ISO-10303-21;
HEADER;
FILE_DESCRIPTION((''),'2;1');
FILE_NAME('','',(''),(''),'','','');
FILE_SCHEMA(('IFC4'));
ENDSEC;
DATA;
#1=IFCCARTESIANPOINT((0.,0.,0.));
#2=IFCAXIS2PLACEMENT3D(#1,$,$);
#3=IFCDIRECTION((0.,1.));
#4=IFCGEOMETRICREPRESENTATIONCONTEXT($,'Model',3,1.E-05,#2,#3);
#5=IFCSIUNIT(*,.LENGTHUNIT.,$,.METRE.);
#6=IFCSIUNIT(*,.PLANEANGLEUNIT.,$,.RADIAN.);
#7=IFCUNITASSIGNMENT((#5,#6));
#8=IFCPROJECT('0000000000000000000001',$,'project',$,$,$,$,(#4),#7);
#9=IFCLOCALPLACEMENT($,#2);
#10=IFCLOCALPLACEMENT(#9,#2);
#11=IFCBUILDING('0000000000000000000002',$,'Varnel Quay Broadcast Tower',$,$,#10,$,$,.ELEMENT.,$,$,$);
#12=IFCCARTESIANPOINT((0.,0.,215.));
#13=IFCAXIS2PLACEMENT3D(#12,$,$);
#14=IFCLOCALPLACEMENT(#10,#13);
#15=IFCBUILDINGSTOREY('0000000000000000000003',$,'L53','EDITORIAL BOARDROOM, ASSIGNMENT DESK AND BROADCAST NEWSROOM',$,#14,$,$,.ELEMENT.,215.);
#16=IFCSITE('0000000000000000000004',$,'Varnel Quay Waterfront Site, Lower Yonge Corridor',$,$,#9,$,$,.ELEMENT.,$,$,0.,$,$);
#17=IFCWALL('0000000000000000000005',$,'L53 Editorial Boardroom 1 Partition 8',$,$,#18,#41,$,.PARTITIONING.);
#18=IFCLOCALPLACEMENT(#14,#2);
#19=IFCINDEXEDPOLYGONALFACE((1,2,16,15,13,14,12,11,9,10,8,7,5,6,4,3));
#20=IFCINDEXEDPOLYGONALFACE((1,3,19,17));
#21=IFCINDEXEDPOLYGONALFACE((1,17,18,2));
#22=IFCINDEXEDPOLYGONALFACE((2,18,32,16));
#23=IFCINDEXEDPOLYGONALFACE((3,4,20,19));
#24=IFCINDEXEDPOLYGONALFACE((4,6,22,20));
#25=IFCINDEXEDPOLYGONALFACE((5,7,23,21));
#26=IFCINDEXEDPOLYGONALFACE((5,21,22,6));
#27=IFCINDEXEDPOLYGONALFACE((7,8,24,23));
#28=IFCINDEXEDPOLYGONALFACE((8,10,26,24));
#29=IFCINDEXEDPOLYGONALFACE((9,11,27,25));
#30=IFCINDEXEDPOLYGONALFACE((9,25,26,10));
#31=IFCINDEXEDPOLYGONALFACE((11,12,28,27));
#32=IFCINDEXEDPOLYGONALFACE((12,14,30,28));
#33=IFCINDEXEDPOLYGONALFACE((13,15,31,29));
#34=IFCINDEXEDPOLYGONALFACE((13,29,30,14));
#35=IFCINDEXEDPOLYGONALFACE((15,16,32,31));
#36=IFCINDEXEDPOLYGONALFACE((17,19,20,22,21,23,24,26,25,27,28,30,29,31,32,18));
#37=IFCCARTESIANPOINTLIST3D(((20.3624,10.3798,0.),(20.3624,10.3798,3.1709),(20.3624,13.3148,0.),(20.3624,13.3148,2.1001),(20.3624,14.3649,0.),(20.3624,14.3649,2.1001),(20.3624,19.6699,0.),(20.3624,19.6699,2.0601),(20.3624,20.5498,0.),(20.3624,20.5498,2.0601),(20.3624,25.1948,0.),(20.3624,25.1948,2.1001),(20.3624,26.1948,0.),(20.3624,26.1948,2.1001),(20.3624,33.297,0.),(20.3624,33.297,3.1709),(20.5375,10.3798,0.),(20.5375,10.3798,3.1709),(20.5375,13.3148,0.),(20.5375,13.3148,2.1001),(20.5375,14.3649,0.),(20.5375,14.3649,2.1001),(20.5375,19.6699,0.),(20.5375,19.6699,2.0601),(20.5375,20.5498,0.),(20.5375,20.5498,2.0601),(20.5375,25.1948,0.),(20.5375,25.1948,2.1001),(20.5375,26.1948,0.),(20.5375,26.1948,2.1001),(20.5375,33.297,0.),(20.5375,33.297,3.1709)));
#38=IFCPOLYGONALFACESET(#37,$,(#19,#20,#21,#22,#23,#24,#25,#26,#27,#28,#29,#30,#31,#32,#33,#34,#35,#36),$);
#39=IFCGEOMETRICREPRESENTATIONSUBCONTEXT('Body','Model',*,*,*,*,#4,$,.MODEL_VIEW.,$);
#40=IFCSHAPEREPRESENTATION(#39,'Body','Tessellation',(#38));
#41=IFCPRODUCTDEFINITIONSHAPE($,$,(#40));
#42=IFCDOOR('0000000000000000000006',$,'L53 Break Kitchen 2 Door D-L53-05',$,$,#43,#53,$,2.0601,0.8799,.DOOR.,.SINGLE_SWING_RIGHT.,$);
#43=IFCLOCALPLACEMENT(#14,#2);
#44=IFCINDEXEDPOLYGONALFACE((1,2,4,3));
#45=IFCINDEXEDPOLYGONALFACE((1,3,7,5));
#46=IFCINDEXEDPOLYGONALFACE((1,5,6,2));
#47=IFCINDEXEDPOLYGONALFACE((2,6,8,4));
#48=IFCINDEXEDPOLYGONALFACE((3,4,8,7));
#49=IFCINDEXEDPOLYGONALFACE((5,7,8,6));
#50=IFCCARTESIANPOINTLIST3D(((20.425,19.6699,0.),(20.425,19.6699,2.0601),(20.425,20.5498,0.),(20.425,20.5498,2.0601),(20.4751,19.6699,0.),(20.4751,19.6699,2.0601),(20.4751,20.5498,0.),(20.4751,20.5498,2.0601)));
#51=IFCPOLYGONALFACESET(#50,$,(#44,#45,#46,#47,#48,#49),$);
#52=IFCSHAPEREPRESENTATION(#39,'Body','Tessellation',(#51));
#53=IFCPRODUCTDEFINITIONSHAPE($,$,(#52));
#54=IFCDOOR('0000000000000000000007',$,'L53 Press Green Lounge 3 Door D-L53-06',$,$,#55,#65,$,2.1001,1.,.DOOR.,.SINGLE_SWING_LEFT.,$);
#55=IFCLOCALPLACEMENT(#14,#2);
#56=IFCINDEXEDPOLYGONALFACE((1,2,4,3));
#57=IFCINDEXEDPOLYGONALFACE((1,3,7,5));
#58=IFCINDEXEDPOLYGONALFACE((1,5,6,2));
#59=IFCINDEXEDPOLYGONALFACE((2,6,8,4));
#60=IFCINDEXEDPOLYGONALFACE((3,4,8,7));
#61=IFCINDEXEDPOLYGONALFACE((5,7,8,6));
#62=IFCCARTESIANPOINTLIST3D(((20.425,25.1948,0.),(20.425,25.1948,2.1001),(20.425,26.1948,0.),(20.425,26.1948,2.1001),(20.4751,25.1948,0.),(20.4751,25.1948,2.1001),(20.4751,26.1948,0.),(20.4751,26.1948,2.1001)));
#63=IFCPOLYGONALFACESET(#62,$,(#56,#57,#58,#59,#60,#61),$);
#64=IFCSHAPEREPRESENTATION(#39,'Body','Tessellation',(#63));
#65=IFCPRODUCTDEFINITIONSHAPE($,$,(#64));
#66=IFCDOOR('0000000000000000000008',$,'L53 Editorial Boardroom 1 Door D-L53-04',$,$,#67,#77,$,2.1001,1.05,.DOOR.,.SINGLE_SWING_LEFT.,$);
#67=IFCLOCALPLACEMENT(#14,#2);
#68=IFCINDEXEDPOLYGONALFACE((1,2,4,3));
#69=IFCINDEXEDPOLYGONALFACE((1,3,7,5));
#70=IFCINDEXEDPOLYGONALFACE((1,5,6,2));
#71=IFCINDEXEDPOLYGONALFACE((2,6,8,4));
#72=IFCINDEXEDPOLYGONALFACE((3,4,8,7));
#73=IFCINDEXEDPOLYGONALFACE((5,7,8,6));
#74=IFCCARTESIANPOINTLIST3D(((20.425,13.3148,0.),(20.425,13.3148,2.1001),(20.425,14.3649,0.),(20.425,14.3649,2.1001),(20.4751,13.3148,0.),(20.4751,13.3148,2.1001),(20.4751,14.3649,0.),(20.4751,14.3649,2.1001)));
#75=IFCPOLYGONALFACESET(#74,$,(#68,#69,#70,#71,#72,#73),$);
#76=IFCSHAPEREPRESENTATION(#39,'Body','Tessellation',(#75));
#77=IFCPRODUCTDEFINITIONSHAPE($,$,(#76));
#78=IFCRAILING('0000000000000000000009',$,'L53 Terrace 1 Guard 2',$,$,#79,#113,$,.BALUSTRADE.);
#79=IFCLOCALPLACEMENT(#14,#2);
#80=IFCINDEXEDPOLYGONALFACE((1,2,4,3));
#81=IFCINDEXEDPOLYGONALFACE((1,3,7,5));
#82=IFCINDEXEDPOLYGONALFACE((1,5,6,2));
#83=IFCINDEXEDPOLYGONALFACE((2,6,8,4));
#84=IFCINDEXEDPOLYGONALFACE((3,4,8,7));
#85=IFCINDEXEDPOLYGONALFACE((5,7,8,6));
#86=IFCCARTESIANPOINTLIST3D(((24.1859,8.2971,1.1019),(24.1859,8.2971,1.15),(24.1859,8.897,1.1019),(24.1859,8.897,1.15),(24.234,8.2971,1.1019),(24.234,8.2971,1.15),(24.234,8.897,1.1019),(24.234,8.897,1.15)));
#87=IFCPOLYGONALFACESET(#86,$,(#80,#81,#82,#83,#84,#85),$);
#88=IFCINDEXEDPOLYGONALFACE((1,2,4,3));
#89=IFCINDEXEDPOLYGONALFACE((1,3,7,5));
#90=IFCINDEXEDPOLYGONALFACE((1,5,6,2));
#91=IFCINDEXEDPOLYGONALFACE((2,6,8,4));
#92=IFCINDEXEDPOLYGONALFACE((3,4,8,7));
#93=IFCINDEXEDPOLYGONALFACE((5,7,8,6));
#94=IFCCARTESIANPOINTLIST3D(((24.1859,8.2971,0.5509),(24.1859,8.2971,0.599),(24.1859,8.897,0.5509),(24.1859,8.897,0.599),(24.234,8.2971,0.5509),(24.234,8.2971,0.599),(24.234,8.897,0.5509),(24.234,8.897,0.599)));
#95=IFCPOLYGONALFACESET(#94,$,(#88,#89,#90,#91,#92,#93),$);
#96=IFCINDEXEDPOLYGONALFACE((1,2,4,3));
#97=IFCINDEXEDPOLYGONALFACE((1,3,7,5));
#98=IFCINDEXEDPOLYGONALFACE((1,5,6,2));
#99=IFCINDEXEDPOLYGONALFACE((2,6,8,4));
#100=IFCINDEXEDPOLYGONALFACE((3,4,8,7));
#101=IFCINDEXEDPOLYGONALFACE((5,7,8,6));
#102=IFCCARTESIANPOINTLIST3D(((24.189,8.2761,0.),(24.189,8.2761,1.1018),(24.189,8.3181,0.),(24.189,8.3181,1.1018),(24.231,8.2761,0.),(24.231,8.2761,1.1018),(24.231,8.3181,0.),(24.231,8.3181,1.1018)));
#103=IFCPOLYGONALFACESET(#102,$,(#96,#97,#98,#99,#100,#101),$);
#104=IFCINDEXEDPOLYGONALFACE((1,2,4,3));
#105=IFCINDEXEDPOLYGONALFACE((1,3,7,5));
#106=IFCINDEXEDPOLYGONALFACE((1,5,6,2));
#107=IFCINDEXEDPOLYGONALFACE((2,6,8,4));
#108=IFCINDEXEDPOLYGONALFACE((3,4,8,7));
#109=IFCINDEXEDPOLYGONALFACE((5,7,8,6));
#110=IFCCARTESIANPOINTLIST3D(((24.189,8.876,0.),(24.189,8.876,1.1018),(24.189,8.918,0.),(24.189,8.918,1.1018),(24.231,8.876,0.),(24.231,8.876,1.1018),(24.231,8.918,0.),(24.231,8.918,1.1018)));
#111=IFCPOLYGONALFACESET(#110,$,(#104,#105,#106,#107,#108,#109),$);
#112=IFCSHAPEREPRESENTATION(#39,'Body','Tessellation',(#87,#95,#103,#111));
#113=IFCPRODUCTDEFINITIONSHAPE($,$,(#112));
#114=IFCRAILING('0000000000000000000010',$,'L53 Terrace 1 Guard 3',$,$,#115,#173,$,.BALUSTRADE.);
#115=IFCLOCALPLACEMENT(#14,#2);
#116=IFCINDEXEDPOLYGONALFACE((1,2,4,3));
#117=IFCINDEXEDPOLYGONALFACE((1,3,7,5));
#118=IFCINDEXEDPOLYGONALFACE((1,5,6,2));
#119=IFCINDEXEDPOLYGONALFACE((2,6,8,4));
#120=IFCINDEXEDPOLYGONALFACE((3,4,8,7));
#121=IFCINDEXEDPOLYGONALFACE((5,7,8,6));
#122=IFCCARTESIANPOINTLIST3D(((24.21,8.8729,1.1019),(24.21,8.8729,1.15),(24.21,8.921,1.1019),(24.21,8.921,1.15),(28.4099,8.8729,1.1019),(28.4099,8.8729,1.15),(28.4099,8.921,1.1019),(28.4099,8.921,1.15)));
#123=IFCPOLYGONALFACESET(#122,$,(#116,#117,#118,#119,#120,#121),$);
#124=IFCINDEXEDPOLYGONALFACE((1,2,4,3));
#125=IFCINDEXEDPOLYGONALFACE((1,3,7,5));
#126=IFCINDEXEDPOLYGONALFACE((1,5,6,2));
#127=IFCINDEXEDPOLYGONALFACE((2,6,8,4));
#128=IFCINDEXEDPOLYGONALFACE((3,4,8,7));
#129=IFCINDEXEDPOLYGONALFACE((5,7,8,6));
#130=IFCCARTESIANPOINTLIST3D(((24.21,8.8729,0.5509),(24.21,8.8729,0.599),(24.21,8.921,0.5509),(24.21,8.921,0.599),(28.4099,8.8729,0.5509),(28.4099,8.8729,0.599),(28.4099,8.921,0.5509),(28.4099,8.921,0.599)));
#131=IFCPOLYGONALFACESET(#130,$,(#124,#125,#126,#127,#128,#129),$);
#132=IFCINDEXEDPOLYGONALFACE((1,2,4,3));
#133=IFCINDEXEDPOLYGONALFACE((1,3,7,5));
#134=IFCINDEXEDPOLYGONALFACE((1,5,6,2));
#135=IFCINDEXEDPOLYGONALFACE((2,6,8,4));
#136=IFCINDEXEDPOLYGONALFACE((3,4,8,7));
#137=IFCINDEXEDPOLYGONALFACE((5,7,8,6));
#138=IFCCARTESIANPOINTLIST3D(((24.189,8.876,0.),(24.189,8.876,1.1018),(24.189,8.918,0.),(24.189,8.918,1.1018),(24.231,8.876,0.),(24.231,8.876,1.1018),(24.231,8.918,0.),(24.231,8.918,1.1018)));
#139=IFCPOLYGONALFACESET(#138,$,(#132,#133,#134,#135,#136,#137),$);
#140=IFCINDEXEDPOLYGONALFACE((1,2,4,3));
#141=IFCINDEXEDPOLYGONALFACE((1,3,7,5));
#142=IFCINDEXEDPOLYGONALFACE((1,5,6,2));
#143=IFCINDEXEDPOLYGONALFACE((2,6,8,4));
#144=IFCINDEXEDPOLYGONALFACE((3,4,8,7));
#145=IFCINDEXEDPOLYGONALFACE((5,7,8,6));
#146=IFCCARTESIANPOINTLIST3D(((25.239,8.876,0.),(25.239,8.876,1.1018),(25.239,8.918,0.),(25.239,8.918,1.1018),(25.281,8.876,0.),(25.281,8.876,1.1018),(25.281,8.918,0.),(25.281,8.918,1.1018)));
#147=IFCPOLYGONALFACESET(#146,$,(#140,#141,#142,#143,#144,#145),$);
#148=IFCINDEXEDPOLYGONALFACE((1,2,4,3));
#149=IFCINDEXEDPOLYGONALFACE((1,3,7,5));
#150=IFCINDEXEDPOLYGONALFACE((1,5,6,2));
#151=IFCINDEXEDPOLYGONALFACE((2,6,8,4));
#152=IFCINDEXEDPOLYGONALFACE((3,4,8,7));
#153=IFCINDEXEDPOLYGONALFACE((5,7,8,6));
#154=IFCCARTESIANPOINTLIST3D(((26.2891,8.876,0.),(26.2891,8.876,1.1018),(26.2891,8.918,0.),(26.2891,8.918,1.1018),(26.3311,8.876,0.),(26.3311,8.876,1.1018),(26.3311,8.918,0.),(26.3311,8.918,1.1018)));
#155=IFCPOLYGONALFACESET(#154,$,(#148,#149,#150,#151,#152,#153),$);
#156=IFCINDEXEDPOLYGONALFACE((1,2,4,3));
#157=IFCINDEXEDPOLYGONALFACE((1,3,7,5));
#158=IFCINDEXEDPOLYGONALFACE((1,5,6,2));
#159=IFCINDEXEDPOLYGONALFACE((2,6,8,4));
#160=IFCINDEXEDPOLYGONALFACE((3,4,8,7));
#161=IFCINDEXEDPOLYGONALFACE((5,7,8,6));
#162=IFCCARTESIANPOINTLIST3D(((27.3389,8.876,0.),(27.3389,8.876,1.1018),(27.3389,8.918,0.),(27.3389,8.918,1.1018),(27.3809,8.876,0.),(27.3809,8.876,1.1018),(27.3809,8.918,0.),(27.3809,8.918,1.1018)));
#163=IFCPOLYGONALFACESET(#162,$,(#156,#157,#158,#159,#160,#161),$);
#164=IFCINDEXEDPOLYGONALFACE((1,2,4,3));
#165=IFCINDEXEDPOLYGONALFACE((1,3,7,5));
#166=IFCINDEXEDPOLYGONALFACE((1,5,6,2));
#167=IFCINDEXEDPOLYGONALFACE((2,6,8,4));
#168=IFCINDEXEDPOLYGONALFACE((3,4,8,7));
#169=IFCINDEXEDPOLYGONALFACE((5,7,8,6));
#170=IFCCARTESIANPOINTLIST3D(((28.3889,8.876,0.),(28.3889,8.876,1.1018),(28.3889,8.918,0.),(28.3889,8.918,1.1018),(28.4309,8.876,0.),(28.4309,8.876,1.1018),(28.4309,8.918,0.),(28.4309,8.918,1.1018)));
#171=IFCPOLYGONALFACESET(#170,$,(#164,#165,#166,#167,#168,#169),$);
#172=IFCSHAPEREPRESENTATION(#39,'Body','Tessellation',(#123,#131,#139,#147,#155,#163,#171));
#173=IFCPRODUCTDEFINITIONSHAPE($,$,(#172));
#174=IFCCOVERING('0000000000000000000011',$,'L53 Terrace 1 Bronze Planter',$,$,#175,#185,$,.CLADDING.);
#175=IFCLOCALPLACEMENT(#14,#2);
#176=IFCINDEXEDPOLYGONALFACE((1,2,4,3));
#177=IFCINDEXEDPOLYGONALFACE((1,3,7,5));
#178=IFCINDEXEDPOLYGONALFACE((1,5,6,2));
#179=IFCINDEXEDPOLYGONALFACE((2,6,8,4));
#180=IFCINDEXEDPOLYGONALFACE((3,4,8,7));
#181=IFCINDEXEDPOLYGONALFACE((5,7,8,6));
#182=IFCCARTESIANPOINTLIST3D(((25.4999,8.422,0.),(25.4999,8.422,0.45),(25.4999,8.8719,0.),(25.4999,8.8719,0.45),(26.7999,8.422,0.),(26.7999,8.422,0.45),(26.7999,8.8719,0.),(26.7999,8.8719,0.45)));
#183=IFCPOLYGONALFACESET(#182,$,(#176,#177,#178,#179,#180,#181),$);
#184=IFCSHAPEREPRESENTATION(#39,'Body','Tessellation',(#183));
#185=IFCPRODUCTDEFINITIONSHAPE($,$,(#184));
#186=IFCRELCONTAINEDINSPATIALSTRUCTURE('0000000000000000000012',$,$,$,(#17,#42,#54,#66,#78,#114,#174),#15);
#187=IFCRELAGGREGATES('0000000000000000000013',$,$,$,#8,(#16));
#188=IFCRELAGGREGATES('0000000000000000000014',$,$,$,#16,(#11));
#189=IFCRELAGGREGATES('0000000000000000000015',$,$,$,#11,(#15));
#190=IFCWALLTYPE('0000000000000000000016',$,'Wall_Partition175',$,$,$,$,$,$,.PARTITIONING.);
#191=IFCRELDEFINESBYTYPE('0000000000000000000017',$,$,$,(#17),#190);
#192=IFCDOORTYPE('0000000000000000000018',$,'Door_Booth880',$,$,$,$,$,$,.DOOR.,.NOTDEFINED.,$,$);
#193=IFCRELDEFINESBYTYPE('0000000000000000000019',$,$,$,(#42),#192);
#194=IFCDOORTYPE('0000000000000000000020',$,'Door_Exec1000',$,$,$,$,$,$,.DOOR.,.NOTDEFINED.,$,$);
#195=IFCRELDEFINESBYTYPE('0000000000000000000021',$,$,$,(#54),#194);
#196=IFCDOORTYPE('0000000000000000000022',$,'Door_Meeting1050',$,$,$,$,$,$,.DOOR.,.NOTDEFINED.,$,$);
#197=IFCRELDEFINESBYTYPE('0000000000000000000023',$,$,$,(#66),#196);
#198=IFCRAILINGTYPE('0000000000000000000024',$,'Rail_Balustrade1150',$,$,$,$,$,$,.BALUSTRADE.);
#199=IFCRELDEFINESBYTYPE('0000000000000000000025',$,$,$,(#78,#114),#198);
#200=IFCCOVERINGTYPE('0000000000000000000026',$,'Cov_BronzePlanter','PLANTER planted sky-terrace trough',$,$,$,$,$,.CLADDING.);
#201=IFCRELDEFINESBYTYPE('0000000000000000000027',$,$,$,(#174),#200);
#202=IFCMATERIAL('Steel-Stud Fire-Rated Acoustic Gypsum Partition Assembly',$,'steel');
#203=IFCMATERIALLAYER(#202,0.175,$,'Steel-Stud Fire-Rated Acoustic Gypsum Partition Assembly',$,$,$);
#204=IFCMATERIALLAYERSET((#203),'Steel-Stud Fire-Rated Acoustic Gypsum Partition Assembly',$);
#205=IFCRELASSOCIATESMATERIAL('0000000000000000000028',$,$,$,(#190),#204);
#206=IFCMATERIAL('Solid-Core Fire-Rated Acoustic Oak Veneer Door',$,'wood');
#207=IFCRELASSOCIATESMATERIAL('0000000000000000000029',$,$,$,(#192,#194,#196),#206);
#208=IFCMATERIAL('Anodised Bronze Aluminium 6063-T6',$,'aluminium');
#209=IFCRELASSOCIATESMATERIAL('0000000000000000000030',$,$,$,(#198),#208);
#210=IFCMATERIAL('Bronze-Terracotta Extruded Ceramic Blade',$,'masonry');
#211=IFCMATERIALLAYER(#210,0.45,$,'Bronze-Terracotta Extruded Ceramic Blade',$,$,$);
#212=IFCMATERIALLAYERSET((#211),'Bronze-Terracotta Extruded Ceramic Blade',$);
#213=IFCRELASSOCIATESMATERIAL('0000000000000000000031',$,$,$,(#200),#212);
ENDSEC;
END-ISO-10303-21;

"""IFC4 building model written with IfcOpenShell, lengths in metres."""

from ifc_helpers import new_model, si_unit, direction, frame, frame_2d, origin, origin_2d, place, context, subcontext, project, spatial, rectangle, extrude, source, transform, mapped, material, layer, layer_set, type_object, type_shapes, element, fill, save


model = new_model("IFC4")

# Units and contexts
model_context = context("Model", 3, precision=1e-05, world=origin(), true_north=direction((0.0, 1.0)))
body_context = subcontext(model_context, "Body", "Model", "MODEL_VIEW")
ifc_project = project(units=[si_unit("LENGTHUNIT", "METRE"), si_unit("PLANEANGLEUNIT", "RADIAN")], contexts=[model_context])

# Site, building, storey
site_placement = place(None, origin())
site = spatial("IfcSite", under=ifc_project, at=site_placement, Name="Varnel Quay Waterfront Site, Lower Yonge Corridor", CompositionType="ELEMENT", RefElevation=0.0)
building_placement = place(site_placement, origin())
building = spatial("IfcBuilding", under=site, at=building_placement, Name="Varnel Quay Broadcast Tower", CompositionType="ELEMENT")
storey_placement = place(building_placement, frame((0.0, 0.0, 215.0)))
storey = spatial("IfcBuildingStorey", under=building, at=storey_placement, Name="L53", Description="EDITORIAL BOARDROOM, ASSIGNMENT DESK AND BROADCAST NEWSROOM", CompositionType="ELEMENT", Elevation=215.0)

# Shared definitions
ifc_material_1 = material(Name="Anodised Bronze Aluminium 6063-T6", Category="aluminium")

# Shared definitions
ifc_material_2 = material(Name="Steel-Stud Fire-Rated Acoustic Gypsum Partition Assembly", Category="steel")
ifc_material_3 = material(Name="Solid-Core Fire-Rated Acoustic Oak Veneer Door", Category="wood")

# Wall, openings, doors
ifc_layer_1 = layer(ifc_material_2, 0.175, Name="Steel-Stud Fire-Rated Acoustic Gypsum Partition Assembly")
ifc_layer_set_1 = layer_set([ifc_layer_1], Name="Steel-Stud Fire-Rated Acoustic Gypsum Partition Assembly")
wall_type_1 = type_object("IfcWallType", Name="Wall_Partition175", PredefinedType="PARTITIONING", material=ifc_layer_set_1)
wall_1_placement = place(storey_placement, frame((20.45, 10.3799, 0.0), z_axis=(0.0, 0.0, 1.0), x_axis=(0.0, 1.0, 0.0)))
wall_1 = element("IfcWall", 1, at=wall_1_placement, inside=storey, type_object=wall_type_1, Name="L53 Editorial Boardroom 1 Partition 8", PredefinedType="PARTITIONING", context=body_context, shape_type="SweptSolid", body=[
    extrude(rectangle(XDim=22.9172, YDim=0.175, at=frame_2d((11.4585, 0.0))), origin(), (0.0, 0.0, 1.0), 3.1709),
])
opening_1_placement = place(wall_1_placement, frame((2.9351, 0.0, 0.0)))
opening_1 = element("IfcOpeningElement", 2, at=opening_1_placement, cuts=wall_1, PredefinedType="OPENING", context=body_context, shape_type="SweptSolid", body=[
    extrude(rectangle(XDim=1.05, YDim=2.1001, at=frame_2d((0.5249, 1.05))), frame((0.0, 0.0977, 0.0), z_axis=(0.0, -1.0, 0.0), x_axis=(1.0, 0.0, 0.0)), (0.0, 0.0, 1.0), 0.1951),
])
opening_2_placement = place(wall_1_placement, frame((9.29, 0.0, 0.0)))
opening_2 = element("IfcOpeningElement", 3, at=opening_2_placement, cuts=wall_1, PredefinedType="OPENING", context=body_context, shape_type="SweptSolid", body=[
    extrude(rectangle(XDim=0.8799, YDim=2.0601, at=frame_2d((0.4399, 1.03))), frame((0.0, 0.0977, 0.0), z_axis=(0.0, -1.0, 0.0), x_axis=(1.0, 0.0, 0.0)), (0.0, 0.0, 1.0), 0.1951),
])
opening_3_placement = place(wall_1_placement, frame((14.8149, 0.0, 0.0)))
opening_3 = element("IfcOpeningElement", 4, at=opening_3_placement, cuts=wall_1, PredefinedType="OPENING", context=body_context, shape_type="SweptSolid", body=[
    extrude(rectangle(XDim=1.0, YDim=2.1001, at=frame_2d((0.5, 1.05))), frame((0.0, 0.0977, 0.0), z_axis=(0.0, -1.0, 0.0), x_axis=(1.0, 0.0, 0.0)), (0.0, 0.0, 1.0), 0.1951),
])
door_type_1 = type_object("IfcDoorType", Name="Door_Booth880", OperationType="NOTDEFINED", PredefinedType="DOOR", material=ifc_material_3)
shared_shape_1 = source(origin(), body_context, "Body", "SweptSolid", [
    extrude(rectangle(XDim=0.8799, YDim=2.0601, at=frame_2d((0.4399, 1.03))), frame((0.0, 0.0249, 0.0), z_axis=(0.0, -1.0, 0.0), x_axis=(1.0, 0.0, 0.0)), (0.0, 0.0, 1.0), 0.05),
])
type_shapes(door_type_1, [shared_shape_1])
door_1_placement = place(opening_2_placement, origin())
door_1 = element("IfcDoor", 5, at=door_1_placement, inside=storey, type_object=door_type_1, Name="L53 Break Kitchen 2 Door D-L53-05", OperationType="SINGLE_SWING_RIGHT", OverallHeight=2.0601, OverallWidth=0.8799, PredefinedType="DOOR", context=body_context, shape_type="MappedRepresentation", body=[
    mapped(shared_shape_1, transform((0.0, 0.0, 0.0), x_axis=(1.0, 0.0, 0.0), y_axis=(0.0, 1.0, 0.0), z_axis=(0.0, 0.0, 1.0), scale=1.0)),
])
fill(opening_2, door_1)
door_type_2 = type_object("IfcDoorType", Name="Door_Exec1000", OperationType="NOTDEFINED", PredefinedType="DOOR", material=ifc_material_3)
shared_shape_2 = source(origin(), body_context, "Body", "SweptSolid", [
    extrude(rectangle(XDim=1.0, YDim=2.1001, at=frame_2d((0.5, 1.05))), frame((0.0, 0.0249, 0.0), z_axis=(0.0, -1.0, 0.0), x_axis=(1.0, 0.0, 0.0)), (0.0, 0.0, 1.0), 0.05),
])
type_shapes(door_type_2, [shared_shape_2])
door_2_placement = place(opening_3_placement, origin())
door_2 = element("IfcDoor", 6, at=door_2_placement, inside=storey, type_object=door_type_2, Name="L53 Press Green Lounge 3 Door D-L53-06", OperationType="SINGLE_SWING_LEFT", OverallHeight=2.1001, OverallWidth=1.0, PredefinedType="DOOR", context=body_context, shape_type="MappedRepresentation", body=[
    mapped(shared_shape_2, transform((0.0, 0.0, 0.0), x_axis=(1.0, 0.0, 0.0), y_axis=(0.0, 1.0, 0.0), z_axis=(0.0, 0.0, 1.0), scale=1.0)),
])
fill(opening_3, door_2)
door_type_3 = type_object("IfcDoorType", Name="Door_Meeting1050", OperationType="NOTDEFINED", PredefinedType="DOOR", material=ifc_material_3)
shared_shape_3 = source(origin(), body_context, "Body", "SweptSolid", [
    extrude(rectangle(XDim=1.05, YDim=2.1001, at=frame_2d((0.5249, 1.05))), frame((0.0, 0.0249, 0.0), z_axis=(0.0, -1.0, 0.0), x_axis=(1.0, 0.0, 0.0)), (0.0, 0.0, 1.0), 0.05),
])
type_shapes(door_type_3, [shared_shape_3])
door_3_placement = place(opening_1_placement, origin())
door_3 = element("IfcDoor", 7, at=door_3_placement, inside=storey, type_object=door_type_3, Name="L53 Editorial Boardroom 1 Door D-L53-04", OperationType="SINGLE_SWING_LEFT", OverallHeight=2.1001, OverallWidth=1.05, PredefinedType="DOOR", context=body_context, shape_type="MappedRepresentation", body=[
    mapped(shared_shape_3, transform((0.0, 0.0, 0.0), x_axis=(1.0, 0.0, 0.0), y_axis=(0.0, 1.0, 0.0), z_axis=(0.0, 0.0, 1.0), scale=1.0)),
])
fill(opening_1, door_3)

# Railings
railing_type = type_object("IfcRailingType", Name="Rail_Balustrade1150", PredefinedType="BALUSTRADE", material=ifc_material_1)
railing_1_placement = place(storey_placement, frame((24.21, 8.2971, 0.0)))
element("IfcRailing", 8, at=railing_1_placement, inside=storey, type_object=railing_type, Name="L53 Terrace 1 Guard 2", PredefinedType="BALUSTRADE", context=body_context, shape_type="SweptSolid", body=[
    extrude(rectangle(XDim=0.0481, YDim=0.0481, at=origin_2d()), frame((0.0, 0.0, 1.126), z_axis=(0.0, 1.0, 0.0), x_axis=(-1.0, 0.0, 0.0)), (0.0, 0.0, 1.0), 0.5999),
    extrude(rectangle(XDim=0.0481, YDim=0.0481, at=origin_2d()), frame((0.0, 0.0, 0.575), z_axis=(0.0, 1.0, 0.0), x_axis=(-1.0, 0.0, 0.0)), (0.0, 0.0, 1.0), 0.5999),
    extrude(rectangle(XDim=0.042, YDim=0.042, at=origin_2d()), origin(), (0.0, 0.0, 1.0), 1.1018),
    extrude(rectangle(XDim=0.042, YDim=0.042, at=origin_2d()), frame((0.0, 0.5999, 0.0)), (0.0, 0.0, 1.0), 1.1018),
])
railing_2_placement = place(storey_placement, frame((24.21, 8.897, 0.0)))
element("IfcRailing", 9, at=railing_2_placement, inside=storey, type_object=railing_type, Name="L53 Terrace 1 Guard 3", PredefinedType="BALUSTRADE", context=body_context, shape_type="SweptSolid", body=[
    extrude(rectangle(XDim=0.0481, YDim=0.0481, at=origin_2d()), frame((0.0, 0.0, 1.126), z_axis=(1.0, 0.0, 0.0), x_axis=(0.0, 1.0, 0.0)), (0.0, 0.0, 1.0), 4.2),
    extrude(rectangle(XDim=0.0481, YDim=0.0481, at=origin_2d()), frame((0.0, 0.0, 0.575), z_axis=(1.0, 0.0, 0.0), x_axis=(0.0, 1.0, 0.0)), (0.0, 0.0, 1.0), 4.2),
    extrude(rectangle(XDim=0.042, YDim=0.042, at=origin_2d()), origin(), (0.0, 0.0, 1.0), 1.1018),
    extrude(rectangle(XDim=0.042, YDim=0.042, at=origin_2d()), frame((1.05, 0.0, 0.0)), (0.0, 0.0, 1.0), 1.1018),
    extrude(rectangle(XDim=0.042, YDim=0.042, at=origin_2d()), frame((2.1001, 0.0, 0.0)), (0.0, 0.0, 1.0), 1.1018),
    extrude(rectangle(XDim=0.042, YDim=0.042, at=origin_2d()), frame((3.1499, 0.0, 0.0)), (0.0, 0.0, 1.0), 1.1018),
    extrude(rectangle(XDim=0.042, YDim=0.042, at=origin_2d()), frame((4.2, 0.0, 0.0)), (0.0, 0.0, 1.0), 1.1018),
])

# Covering
ifc_material_4 = material(Name="Bronze-Terracotta Extruded Ceramic Blade", Category="masonry")
ifc_layer_2 = layer(ifc_material_4, 0.45, Name="Bronze-Terracotta Extruded Ceramic Blade")
ifc_layer_set_2 = layer_set([ifc_layer_2], Name="Bronze-Terracotta Extruded Ceramic Blade")
covering_type = type_object("IfcCoveringType", Name="Cov_BronzePlanter", Description="PLANTER planted sky-terrace trough", PredefinedType="CLADDING", material=ifc_layer_set_2)
shared_shape_4 = source(origin(), body_context, "Body", "SweptSolid", [
    extrude(rectangle(XDim=1.3, YDim=0.45, at=origin_2d()), origin(), (0.0, 0.0, 1.0), 0.45),
])
type_shapes(covering_type, [shared_shape_4])
covering_placement = place(storey_placement, frame((26.1499, 8.647, 0.0), z_axis=(0.0, 0.0, 1.0), x_axis=(1.0, 0.0, 0.0)))
element("IfcCovering", 10, at=covering_placement, inside=storey, type_object=covering_type, Name="L53 Terrace 1 Bronze Planter", PredefinedType="CLADDING", context=body_context, shape_type="MappedRepresentation", body=[
    mapped(shared_shape_4, transform((0.0, 0.0, 0.0), x_axis=(1.0, 0.0, 0.0), y_axis=(0.0, 1.0, 0.0), z_axis=(0.0, 0.0, 1.0), scale=1.0)),
])

save(model, "model.ifc")
